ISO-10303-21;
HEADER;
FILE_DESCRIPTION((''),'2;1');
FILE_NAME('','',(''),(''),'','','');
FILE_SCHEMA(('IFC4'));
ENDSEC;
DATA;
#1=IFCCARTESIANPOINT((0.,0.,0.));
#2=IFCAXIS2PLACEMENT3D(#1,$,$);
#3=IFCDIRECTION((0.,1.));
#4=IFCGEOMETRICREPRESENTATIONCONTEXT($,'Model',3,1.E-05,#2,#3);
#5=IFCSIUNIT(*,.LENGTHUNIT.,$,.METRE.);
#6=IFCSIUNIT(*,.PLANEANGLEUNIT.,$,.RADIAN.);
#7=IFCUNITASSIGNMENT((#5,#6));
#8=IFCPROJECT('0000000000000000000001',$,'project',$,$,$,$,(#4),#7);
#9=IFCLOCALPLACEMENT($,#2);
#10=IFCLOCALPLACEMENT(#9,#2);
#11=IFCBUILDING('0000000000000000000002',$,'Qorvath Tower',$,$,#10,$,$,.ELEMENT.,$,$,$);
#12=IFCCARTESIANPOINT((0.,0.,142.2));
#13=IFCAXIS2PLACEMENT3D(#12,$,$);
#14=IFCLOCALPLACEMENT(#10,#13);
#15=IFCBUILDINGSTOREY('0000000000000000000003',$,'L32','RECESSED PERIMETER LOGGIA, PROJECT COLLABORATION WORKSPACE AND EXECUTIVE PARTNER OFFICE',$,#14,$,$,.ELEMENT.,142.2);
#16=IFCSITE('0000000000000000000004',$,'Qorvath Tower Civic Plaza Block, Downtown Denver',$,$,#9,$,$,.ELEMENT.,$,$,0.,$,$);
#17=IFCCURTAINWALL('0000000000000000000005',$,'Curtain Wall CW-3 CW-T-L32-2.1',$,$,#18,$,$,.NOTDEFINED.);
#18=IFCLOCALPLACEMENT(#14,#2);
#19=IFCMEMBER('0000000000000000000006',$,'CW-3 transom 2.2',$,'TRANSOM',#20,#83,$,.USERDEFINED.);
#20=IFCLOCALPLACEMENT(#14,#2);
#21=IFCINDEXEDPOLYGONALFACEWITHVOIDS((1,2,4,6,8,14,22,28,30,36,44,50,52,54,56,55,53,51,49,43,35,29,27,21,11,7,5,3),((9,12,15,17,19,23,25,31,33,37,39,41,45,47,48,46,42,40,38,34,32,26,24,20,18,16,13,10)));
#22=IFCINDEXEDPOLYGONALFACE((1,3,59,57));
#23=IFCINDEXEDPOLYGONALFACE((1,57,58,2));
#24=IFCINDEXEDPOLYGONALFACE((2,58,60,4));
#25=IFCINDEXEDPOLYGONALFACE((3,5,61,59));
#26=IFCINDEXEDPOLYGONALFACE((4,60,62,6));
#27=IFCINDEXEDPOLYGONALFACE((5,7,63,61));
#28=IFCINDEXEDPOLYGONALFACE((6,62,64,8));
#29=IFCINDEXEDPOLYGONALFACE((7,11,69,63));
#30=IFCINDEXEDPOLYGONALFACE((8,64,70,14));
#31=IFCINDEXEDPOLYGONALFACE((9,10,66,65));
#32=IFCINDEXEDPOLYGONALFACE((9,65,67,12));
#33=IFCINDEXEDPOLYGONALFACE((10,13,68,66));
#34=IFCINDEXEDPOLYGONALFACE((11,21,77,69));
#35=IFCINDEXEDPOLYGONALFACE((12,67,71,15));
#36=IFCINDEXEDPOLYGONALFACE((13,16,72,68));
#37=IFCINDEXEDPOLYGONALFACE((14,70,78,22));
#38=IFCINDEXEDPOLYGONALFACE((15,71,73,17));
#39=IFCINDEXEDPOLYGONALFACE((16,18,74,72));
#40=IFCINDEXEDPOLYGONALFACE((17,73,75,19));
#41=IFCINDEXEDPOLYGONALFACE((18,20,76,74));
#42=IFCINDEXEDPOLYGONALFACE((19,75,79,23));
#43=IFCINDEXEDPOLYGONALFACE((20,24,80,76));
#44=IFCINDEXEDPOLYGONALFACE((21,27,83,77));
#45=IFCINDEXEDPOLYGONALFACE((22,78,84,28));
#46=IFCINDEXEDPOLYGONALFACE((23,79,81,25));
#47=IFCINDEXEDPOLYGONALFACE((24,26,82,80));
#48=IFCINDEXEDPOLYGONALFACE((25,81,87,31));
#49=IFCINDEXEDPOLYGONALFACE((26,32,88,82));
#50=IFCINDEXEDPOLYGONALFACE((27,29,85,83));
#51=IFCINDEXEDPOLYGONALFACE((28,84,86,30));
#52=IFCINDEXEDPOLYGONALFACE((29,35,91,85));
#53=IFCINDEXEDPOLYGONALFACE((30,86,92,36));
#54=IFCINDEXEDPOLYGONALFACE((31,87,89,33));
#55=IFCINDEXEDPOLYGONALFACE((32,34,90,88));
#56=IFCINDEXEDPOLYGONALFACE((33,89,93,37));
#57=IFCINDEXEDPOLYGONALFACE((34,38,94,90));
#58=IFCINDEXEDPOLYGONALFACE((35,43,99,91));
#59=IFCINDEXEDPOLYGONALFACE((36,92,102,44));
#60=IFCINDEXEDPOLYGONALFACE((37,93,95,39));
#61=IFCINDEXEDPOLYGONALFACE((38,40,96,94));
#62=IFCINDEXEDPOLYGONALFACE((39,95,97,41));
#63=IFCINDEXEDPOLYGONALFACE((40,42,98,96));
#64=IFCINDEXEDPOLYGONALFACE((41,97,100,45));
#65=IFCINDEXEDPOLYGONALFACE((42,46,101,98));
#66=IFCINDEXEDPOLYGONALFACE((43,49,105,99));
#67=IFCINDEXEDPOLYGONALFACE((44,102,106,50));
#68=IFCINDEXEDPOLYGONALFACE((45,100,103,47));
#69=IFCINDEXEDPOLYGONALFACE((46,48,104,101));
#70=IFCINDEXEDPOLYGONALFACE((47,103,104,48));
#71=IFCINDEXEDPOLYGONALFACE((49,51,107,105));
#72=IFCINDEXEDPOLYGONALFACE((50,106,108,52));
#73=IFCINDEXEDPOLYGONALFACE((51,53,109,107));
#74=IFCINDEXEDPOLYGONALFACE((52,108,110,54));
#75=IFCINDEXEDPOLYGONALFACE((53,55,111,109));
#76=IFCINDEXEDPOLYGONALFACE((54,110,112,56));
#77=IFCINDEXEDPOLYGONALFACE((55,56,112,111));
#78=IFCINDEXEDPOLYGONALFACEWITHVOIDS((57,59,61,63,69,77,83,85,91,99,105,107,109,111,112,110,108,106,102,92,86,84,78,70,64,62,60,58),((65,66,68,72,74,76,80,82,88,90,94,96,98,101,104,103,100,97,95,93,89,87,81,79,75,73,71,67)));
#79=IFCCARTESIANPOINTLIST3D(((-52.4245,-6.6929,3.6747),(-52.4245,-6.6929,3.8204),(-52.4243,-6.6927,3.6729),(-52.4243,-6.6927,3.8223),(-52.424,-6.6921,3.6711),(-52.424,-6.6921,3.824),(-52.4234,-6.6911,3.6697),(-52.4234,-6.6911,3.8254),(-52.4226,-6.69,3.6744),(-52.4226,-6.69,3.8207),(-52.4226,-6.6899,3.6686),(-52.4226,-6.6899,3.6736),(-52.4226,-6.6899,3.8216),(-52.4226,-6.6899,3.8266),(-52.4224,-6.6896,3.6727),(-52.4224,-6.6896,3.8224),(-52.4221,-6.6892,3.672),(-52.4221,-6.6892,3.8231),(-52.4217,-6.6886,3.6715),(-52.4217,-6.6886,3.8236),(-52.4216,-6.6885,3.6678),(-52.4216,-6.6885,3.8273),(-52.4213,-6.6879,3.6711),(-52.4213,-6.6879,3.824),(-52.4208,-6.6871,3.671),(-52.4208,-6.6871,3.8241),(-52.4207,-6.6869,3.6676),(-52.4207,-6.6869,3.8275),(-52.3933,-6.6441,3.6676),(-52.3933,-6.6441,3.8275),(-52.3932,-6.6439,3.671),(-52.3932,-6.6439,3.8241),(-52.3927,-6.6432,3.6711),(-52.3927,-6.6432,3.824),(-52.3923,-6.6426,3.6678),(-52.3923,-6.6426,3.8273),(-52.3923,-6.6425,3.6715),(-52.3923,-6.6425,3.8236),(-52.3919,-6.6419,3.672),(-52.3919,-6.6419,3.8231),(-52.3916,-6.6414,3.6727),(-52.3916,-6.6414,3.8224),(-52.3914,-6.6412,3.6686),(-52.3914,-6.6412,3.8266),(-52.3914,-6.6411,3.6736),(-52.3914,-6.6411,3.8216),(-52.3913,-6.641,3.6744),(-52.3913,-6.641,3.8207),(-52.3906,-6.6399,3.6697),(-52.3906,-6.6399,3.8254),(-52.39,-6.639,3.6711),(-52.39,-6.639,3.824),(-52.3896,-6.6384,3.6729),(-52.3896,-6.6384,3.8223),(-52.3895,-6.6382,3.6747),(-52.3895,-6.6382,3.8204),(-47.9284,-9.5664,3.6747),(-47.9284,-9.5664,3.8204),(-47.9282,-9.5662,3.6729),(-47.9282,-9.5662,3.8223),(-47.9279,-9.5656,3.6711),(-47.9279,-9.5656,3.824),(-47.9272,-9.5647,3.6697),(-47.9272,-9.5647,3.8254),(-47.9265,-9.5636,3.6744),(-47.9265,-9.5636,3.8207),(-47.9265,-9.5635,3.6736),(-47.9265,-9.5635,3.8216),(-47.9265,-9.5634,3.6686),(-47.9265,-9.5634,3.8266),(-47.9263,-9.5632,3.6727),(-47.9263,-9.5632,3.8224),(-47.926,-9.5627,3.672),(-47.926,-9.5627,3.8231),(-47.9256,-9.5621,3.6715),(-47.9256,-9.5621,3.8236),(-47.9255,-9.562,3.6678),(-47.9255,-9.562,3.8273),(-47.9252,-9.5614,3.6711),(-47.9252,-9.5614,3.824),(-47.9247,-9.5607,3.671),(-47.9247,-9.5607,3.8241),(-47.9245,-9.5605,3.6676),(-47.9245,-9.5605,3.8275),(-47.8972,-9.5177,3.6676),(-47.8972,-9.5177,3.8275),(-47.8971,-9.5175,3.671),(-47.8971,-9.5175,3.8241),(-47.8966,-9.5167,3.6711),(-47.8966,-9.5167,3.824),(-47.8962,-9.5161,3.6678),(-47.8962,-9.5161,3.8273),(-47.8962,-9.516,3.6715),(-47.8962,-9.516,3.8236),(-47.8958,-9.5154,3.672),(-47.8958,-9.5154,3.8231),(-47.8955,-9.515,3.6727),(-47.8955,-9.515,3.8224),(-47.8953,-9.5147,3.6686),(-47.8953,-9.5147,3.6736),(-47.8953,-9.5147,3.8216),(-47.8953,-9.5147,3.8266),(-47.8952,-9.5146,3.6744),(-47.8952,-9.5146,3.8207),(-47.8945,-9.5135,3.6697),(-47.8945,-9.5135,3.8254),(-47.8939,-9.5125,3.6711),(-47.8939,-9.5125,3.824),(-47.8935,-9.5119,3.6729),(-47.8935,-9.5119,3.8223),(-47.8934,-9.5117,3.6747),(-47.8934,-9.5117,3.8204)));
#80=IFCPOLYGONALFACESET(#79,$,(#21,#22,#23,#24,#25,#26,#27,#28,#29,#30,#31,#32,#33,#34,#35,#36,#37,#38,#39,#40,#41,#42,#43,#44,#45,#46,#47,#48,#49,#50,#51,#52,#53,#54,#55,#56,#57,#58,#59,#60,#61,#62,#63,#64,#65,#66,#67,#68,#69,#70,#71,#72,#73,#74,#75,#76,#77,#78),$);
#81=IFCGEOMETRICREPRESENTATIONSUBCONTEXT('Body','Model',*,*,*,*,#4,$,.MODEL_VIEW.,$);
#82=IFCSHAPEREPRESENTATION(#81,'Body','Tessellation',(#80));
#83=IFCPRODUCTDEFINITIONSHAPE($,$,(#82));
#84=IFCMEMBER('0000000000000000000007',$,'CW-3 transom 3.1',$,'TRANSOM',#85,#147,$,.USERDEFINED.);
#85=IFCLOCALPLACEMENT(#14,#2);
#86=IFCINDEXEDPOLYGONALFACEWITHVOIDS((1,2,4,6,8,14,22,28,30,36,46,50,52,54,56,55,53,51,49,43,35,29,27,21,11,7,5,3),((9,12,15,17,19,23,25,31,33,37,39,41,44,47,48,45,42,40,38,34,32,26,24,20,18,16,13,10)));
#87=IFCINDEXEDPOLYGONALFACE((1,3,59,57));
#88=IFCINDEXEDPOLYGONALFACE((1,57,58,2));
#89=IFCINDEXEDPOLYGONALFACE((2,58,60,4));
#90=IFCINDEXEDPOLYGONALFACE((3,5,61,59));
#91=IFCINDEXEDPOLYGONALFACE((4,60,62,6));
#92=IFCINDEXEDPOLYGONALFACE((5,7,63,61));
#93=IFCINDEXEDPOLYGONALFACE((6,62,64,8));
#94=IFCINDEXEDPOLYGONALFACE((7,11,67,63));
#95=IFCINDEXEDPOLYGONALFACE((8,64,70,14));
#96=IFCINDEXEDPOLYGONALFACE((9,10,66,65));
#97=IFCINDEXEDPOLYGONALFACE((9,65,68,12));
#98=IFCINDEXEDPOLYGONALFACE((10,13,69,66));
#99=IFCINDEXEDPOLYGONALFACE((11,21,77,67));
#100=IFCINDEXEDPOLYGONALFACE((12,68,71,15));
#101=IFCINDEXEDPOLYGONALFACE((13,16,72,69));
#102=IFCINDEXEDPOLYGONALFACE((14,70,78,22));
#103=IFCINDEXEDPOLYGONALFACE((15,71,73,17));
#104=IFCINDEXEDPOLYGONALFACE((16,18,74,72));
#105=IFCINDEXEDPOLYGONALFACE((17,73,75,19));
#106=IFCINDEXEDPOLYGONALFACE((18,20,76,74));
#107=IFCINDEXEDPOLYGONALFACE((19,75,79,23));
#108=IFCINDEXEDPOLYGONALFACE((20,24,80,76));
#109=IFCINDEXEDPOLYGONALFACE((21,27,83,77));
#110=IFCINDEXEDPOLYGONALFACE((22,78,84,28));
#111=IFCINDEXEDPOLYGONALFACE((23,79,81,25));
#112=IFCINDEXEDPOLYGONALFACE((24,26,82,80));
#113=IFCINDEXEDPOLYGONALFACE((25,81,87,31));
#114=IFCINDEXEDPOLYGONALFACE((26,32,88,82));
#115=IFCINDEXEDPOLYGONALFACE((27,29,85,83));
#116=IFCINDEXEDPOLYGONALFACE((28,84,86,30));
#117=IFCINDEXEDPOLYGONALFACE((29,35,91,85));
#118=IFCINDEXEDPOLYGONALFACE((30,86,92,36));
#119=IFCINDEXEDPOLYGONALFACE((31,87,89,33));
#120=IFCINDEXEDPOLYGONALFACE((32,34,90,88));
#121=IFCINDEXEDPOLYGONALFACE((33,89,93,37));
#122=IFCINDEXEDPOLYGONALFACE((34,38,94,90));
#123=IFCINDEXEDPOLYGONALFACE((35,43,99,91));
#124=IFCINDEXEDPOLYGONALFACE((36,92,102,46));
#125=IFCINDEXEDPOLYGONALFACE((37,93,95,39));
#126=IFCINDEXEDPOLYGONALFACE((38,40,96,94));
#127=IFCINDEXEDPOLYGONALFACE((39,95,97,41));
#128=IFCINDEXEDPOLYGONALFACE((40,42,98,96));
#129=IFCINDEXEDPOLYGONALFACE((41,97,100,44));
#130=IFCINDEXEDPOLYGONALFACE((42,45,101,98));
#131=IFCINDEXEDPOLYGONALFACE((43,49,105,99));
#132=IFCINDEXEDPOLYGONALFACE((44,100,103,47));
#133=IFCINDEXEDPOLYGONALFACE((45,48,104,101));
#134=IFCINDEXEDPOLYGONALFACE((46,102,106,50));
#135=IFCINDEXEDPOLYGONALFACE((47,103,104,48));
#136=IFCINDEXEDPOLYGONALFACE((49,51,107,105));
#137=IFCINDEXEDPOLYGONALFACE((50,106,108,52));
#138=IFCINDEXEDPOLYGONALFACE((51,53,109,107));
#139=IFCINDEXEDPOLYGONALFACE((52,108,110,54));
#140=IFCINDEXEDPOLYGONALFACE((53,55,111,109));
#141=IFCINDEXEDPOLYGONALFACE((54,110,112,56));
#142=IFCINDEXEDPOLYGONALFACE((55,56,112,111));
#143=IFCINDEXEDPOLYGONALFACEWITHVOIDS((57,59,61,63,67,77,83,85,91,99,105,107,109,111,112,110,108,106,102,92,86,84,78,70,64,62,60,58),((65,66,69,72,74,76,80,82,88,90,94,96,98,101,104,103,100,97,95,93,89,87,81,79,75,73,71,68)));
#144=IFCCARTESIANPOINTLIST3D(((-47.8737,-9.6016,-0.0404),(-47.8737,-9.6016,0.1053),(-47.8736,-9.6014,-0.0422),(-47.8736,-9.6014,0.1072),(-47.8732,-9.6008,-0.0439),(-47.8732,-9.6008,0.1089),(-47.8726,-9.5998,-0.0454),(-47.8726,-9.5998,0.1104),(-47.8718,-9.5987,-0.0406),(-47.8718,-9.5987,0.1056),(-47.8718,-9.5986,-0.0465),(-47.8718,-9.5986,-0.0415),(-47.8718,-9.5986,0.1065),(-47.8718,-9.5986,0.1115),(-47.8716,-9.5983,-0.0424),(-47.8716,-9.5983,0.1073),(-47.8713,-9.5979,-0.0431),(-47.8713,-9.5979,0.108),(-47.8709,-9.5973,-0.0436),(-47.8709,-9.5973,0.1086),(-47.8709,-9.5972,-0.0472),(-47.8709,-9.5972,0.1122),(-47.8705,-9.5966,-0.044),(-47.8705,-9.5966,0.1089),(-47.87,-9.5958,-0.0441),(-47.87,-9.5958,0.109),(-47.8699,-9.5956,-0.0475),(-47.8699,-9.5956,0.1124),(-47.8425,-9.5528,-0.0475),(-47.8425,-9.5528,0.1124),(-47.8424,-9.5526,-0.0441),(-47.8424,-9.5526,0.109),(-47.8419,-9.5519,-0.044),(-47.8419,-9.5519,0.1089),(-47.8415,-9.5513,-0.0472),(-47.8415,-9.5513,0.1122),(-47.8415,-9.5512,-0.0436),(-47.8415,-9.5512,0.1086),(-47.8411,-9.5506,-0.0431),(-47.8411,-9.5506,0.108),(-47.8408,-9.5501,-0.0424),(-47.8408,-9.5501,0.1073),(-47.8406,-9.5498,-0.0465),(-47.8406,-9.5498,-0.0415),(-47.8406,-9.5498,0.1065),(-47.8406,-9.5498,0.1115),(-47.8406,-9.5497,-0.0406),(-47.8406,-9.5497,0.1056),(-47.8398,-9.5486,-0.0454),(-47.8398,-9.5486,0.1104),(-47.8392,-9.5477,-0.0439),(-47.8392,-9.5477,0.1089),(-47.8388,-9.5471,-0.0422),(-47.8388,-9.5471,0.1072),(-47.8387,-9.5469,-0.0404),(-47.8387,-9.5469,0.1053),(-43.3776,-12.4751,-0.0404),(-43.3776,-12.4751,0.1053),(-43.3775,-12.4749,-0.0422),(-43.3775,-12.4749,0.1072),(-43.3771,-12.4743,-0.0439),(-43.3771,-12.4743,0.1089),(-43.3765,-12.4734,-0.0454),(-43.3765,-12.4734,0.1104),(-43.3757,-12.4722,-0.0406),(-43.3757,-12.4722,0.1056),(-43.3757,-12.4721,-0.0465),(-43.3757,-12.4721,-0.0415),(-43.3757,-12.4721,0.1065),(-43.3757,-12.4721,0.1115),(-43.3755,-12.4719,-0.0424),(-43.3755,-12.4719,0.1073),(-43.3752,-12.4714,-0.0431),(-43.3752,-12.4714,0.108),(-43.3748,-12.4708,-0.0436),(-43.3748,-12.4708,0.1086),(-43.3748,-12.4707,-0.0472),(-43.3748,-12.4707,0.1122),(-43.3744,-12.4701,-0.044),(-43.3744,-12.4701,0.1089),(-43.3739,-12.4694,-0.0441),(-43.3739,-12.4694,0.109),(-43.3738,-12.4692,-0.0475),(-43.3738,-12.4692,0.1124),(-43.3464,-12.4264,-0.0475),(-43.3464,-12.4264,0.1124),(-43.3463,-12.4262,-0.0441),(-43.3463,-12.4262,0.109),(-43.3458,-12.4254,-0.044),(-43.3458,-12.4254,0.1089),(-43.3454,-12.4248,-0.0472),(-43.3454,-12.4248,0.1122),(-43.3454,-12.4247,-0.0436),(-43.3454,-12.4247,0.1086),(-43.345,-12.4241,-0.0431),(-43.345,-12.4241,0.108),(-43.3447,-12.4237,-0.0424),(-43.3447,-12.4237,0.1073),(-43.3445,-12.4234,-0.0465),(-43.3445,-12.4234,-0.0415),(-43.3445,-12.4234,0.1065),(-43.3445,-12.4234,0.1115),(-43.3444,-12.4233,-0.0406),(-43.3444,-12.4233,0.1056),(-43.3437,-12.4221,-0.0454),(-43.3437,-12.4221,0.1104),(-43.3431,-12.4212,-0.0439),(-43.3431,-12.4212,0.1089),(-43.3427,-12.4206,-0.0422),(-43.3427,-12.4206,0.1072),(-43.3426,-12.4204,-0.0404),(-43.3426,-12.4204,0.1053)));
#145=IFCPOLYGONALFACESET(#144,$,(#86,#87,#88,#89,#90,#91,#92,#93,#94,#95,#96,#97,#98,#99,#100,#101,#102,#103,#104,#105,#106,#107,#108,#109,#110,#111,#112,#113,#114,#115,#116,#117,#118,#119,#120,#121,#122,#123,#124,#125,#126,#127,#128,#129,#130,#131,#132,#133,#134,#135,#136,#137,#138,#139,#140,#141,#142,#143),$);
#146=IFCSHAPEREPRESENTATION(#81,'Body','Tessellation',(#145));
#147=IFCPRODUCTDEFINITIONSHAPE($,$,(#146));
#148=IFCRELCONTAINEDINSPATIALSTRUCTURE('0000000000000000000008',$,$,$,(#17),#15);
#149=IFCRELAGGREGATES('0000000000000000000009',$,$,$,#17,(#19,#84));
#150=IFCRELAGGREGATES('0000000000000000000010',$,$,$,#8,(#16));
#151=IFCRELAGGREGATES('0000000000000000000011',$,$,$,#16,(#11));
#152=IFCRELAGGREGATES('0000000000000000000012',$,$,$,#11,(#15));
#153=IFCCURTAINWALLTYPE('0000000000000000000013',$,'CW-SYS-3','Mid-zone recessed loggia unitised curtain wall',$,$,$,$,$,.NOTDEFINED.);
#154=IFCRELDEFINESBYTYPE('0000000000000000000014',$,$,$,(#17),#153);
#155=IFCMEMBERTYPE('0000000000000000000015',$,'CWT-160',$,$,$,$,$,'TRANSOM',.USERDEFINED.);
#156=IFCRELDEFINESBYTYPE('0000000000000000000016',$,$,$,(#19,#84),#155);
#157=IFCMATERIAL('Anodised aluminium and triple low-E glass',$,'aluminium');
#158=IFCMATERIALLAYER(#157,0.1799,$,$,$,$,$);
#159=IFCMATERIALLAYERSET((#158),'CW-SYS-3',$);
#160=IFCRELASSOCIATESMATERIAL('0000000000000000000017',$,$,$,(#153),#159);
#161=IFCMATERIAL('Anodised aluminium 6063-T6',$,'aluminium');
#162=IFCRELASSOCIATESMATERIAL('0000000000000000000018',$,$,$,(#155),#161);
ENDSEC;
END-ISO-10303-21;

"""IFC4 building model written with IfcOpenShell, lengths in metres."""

from ifc_helpers import new_model, si_unit, direction, frame, origin, origin_2d, place, context, subcontext, project, spatial, hollow_rectangle, extrude, material, layer, layer_set, material_profile, profile_set, type_object, element, aggregate, save


model = new_model("IFC4")

# Units and contexts
model_context = context("Model", 3, precision=1e-05, world=origin(), true_north=direction((0.0, 1.0)))
body_context = subcontext(model_context, "Body", "Model", "MODEL_VIEW")
ifc_project = project(units=[si_unit("LENGTHUNIT", "METRE"), si_unit("PLANEANGLEUNIT", "RADIAN")], contexts=[model_context])

# Site, building, storey
site_placement = place(None, origin())
site = spatial("IfcSite", under=ifc_project, at=site_placement, Name="Qorvath Tower Civic Plaza Block, Downtown Denver", CompositionType="ELEMENT", RefElevation=0.0)
building_placement = place(site_placement, origin())
building = spatial("IfcBuilding", under=site, at=building_placement, Name="Qorvath Tower", CompositionType="ELEMENT")
storey_placement = place(building_placement, frame((0.0, 0.0, 142.2)))
storey = spatial("IfcBuildingStorey", under=building, at=storey_placement, Name="L32", Description="RECESSED PERIMETER LOGGIA, PROJECT COLLABORATION WORKSPACE AND EXECUTIVE PARTNER OFFICE", CompositionType="ELEMENT", Elevation=142.2)

# Curtain wall, members
ifc_material_1 = material(Name="Anodised aluminium and triple low-E glass", Category="aluminium")
ifc_layer_1 = layer(ifc_material_1, 0.1799)
ifc_layer_set_1 = layer_set([ifc_layer_1], Name="CW-SYS-3")
curtain_wall_type = type_object("IfcCurtainWallType", Name="CW-SYS-3", Description="Mid-zone recessed loggia unitised curtain wall", PredefinedType="NOTDEFINED", material=ifc_layer_set_1)
curtain_wall_placement = place(storey_placement, origin())
curtain_wall = element("IfcCurtainWall", 1, at=curtain_wall_placement, inside=storey, type_object=curtain_wall_type, Name="Curtain Wall CW-3 CW-T-L32-2.1", PredefinedType="NOTDEFINED")
ifc_material_2 = material(Name="Anodised aluminium 6063-T6", Category="aluminium")
ifc_material_profile_1 = material_profile(ifc_material_2, hollow_rectangle(XDim=0.0649, YDim=0.1599, WallThickness=0.0034, InnerFilletRadius=0.0034, OuterFilletRadius=0.0071, at=origin_2d()), Name="CWT 160x65")
ifc_profile_set_1 = profile_set([ifc_material_profile_1], Name="Anodised aluminium 6063-T6")
member_type_1 = type_object("IfcMemberType", Name="CWT-160", ElementType="TRANSOM", PredefinedType="USERDEFINED", material=ifc_profile_set_1)
member_1_placement = place(storey_placement, frame((-52.407, -6.6655, 3.7476), z_axis=(0.842609, -0.538526, 0.0), x_axis=(0.538526, 0.842609, 0.0)))
member_1 = element("IfcMember", 2, at=member_1_placement, type_object=member_type_1, Name="CW-3 transom 2.2", ObjectType="TRANSOM", PredefinedType="USERDEFINED", context=body_context, shape_type="SweptSolid", body=[
    extrude(hollow_rectangle(XDim=0.0649, YDim=0.1599, WallThickness=0.0034, InnerFilletRadius=0.0034, OuterFilletRadius=0.0071, at=origin_2d()), origin(), (0.0, 0.0, 1.0), 5.3359),
])
member_2_placement = place(storey_placement, frame((-47.8562, -9.5742, 0.0325), z_axis=(0.842609, -0.538526, 0.0), x_axis=(0.538526, 0.842609, 0.0)))
member_2 = element("IfcMember", 3, at=member_2_placement, type_object=member_type_1, Name="CW-3 transom 3.1", ObjectType="TRANSOM", PredefinedType="USERDEFINED", context=body_context, shape_type="SweptSolid", body=[
    extrude(hollow_rectangle(XDim=0.0649, YDim=0.1599, WallThickness=0.0034, InnerFilletRadius=0.0034, OuterFilletRadius=0.0071, at=origin_2d()), origin(), (0.0, 0.0, 1.0), 5.3359),
])
aggregate(curtain_wall, [member_1, member_2])

save(model, "model.ifc")
